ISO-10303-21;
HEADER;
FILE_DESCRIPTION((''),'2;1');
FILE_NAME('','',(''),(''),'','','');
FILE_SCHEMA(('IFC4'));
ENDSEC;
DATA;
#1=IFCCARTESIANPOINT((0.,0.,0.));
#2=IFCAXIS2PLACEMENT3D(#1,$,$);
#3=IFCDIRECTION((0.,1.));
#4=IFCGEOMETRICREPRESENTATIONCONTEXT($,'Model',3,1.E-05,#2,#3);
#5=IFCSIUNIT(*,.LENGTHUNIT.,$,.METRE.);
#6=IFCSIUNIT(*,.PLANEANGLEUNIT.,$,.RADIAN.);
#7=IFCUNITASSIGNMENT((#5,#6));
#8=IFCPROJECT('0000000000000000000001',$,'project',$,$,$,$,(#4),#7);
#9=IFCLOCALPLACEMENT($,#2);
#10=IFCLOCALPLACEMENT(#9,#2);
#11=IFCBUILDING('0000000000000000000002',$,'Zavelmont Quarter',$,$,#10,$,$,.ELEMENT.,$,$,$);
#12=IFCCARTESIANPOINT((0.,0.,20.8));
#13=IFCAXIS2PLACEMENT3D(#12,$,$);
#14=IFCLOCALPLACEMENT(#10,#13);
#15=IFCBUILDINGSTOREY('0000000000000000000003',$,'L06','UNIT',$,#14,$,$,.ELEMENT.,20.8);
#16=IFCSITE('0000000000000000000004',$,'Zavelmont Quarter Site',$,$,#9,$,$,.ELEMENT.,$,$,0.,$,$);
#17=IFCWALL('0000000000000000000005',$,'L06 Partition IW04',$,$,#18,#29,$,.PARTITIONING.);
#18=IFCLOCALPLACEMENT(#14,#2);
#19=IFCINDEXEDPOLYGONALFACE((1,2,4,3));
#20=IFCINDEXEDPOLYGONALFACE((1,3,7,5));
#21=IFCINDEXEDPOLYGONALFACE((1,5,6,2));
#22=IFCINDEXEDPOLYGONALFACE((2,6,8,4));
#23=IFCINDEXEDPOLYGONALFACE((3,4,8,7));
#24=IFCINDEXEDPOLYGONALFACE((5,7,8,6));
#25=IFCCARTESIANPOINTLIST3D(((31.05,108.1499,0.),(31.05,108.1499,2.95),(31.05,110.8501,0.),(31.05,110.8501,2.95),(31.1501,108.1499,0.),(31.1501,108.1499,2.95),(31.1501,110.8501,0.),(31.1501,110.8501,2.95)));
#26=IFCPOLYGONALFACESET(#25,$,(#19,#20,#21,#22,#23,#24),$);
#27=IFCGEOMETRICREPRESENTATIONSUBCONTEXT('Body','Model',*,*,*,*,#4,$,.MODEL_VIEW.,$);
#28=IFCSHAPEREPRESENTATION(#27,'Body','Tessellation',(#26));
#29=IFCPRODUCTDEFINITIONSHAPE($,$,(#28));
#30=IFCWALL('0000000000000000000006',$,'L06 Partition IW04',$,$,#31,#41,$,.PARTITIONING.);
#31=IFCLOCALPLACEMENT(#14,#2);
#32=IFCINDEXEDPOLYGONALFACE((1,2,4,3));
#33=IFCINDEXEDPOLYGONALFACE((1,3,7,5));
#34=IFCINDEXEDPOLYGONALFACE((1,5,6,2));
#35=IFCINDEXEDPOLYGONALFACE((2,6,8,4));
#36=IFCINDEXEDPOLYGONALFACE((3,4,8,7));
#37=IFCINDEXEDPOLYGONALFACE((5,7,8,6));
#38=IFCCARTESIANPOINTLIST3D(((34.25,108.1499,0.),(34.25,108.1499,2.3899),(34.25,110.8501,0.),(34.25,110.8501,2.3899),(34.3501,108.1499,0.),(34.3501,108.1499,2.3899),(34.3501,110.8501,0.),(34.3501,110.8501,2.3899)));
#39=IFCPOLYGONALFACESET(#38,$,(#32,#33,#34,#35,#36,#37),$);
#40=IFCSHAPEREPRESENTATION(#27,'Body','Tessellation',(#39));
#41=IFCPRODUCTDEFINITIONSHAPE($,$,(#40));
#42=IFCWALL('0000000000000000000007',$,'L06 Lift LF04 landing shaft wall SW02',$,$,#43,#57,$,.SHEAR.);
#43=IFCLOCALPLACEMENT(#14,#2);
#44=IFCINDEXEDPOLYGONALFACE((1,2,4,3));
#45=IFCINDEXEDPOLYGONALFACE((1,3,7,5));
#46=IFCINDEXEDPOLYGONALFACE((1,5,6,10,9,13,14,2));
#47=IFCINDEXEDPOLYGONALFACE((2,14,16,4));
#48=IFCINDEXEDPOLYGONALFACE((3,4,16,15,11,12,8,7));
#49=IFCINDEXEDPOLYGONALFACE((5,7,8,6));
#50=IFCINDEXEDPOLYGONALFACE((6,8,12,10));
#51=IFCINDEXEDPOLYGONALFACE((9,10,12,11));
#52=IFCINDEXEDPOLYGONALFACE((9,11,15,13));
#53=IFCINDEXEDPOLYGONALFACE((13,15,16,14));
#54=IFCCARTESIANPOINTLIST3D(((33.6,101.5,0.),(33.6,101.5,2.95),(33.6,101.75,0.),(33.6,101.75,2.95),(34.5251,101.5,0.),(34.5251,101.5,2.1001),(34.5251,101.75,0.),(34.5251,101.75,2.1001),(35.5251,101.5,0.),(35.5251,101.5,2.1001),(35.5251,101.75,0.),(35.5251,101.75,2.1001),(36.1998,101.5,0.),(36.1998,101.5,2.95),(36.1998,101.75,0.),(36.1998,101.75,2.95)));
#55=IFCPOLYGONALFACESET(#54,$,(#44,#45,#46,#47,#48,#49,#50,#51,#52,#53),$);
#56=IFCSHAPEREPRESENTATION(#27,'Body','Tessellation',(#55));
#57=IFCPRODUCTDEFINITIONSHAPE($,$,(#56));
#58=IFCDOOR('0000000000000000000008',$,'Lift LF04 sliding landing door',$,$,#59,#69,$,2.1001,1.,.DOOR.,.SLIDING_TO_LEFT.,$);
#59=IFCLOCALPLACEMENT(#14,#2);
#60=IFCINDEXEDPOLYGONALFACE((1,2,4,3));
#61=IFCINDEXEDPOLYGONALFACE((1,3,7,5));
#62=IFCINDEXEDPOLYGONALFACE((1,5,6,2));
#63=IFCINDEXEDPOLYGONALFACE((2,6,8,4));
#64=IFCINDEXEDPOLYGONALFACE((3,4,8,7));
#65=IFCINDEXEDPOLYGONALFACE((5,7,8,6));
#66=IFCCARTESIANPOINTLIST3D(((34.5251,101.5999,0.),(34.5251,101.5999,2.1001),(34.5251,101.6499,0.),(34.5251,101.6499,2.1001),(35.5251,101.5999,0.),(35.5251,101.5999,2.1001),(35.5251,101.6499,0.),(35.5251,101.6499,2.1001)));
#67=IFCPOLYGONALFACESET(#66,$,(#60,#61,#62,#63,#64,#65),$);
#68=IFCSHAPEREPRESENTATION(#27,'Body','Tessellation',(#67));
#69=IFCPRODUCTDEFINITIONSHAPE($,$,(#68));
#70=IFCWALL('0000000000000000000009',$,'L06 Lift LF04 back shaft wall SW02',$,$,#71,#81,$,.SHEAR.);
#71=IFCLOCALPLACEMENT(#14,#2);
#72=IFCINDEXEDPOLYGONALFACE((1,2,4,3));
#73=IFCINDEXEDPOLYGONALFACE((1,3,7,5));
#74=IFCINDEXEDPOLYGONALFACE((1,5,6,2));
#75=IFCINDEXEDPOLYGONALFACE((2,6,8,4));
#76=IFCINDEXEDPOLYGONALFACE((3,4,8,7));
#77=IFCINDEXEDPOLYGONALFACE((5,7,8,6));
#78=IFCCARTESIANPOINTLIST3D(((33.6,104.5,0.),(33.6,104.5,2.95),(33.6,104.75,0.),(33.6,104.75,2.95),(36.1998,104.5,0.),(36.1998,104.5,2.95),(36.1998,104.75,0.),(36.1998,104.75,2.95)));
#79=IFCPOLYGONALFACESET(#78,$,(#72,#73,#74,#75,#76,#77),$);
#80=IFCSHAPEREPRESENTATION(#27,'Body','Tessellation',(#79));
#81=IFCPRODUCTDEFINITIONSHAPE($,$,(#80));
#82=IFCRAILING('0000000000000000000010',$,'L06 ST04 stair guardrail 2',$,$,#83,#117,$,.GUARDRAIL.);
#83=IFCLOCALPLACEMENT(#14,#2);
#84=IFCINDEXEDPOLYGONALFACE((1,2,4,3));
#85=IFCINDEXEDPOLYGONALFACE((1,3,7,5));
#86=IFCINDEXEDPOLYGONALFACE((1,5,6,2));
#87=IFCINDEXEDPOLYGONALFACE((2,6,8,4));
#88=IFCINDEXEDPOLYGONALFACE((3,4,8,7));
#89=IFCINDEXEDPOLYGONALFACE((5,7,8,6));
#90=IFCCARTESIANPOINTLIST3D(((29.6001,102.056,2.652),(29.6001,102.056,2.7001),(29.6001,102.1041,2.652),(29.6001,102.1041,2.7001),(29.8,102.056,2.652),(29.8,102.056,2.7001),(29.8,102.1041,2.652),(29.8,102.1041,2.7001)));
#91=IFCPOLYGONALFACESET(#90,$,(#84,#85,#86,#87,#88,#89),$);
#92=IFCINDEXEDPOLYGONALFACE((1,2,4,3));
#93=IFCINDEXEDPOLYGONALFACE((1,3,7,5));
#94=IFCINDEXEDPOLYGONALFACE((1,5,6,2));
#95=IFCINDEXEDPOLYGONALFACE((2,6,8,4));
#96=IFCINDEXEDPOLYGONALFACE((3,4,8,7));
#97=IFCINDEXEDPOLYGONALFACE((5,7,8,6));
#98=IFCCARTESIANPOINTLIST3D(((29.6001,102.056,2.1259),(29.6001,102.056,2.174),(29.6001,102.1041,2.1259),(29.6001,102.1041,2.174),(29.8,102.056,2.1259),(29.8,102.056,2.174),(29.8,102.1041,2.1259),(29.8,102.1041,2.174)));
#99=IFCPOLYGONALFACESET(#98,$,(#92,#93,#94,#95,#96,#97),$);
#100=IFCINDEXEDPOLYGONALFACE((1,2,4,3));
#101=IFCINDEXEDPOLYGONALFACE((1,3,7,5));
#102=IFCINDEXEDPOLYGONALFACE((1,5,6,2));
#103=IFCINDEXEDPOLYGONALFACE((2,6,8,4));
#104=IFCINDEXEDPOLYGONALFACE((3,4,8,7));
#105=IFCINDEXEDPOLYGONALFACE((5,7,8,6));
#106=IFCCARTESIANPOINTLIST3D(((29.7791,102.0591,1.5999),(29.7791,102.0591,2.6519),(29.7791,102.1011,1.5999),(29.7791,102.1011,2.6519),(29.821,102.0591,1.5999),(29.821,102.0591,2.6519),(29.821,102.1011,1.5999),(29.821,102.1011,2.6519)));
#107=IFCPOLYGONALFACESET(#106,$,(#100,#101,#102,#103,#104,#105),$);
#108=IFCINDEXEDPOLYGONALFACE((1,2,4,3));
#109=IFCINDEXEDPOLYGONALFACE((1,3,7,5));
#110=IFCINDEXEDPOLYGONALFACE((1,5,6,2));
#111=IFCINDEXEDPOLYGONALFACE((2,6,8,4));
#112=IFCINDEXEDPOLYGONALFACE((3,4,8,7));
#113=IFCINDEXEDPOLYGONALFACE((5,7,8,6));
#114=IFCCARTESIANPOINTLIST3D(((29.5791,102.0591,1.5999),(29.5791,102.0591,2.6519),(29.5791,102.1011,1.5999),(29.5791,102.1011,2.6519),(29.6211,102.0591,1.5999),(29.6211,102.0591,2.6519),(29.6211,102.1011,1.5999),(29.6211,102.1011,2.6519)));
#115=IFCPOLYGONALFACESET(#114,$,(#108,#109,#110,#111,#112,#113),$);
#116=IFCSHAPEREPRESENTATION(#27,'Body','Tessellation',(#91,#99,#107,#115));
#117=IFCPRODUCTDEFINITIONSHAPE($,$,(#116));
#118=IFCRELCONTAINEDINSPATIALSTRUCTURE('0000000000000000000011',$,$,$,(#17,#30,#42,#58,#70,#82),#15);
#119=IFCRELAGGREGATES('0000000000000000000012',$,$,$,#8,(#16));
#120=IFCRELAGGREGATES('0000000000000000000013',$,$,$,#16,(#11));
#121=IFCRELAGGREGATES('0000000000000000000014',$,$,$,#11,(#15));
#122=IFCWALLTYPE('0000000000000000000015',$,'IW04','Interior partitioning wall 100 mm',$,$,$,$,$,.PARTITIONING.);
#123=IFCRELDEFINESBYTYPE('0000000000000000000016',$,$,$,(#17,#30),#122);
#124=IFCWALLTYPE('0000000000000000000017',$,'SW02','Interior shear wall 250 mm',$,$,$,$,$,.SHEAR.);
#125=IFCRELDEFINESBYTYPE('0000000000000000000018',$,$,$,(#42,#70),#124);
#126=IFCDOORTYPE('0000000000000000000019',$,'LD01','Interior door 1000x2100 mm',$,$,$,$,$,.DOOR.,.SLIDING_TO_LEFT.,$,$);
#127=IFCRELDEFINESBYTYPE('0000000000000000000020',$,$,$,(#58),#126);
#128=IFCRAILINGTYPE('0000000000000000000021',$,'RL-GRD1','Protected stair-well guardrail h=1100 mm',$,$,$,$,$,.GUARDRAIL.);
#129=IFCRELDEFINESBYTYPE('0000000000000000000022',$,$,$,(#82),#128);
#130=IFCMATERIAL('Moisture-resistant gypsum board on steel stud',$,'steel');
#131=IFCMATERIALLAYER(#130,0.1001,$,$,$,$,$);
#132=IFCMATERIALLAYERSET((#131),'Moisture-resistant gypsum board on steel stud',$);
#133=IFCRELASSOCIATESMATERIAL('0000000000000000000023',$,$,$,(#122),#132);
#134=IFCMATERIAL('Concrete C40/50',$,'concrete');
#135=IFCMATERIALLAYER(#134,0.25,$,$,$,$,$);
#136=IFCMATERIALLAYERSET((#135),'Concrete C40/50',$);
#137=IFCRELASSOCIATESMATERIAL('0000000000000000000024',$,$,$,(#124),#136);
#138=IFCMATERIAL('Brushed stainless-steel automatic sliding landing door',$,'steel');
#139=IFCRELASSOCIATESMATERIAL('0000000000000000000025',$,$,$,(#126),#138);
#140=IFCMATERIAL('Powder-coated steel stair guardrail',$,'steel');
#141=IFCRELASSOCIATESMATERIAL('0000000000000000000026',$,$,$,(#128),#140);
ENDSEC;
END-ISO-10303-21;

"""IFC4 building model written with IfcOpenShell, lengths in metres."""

from ifc_helpers import new_model, si_unit, direction, frame, frame_2d, origin, origin_with_axes, origin_2d, place, context, subcontext, project, spatial, rectangle, extrude, material, layer, layer_set, type_object, element, fill, save


model = new_model("IFC4")

# Units and contexts
model_context = context("Model", 3, precision=1e-05, world=origin(), true_north=direction((0.0, 1.0)))
body_context = subcontext(model_context, "Body", "Model", "MODEL_VIEW")
ifc_project = project(units=[si_unit("LENGTHUNIT", "METRE"), si_unit("PLANEANGLEUNIT", "RADIAN")], contexts=[model_context])

# Site, building, storey
site_placement = place(None, origin())
site = spatial("IfcSite", under=ifc_project, at=site_placement, Name="Zavelmont Quarter Site", CompositionType="ELEMENT", RefElevation=0.0)
building_placement = place(site_placement, origin())
building = spatial("IfcBuilding", under=site, at=building_placement, Name="Zavelmont Quarter", CompositionType="ELEMENT")
storey_placement = place(building_placement, frame((0.0, 0.0, 20.8)))
storey = spatial("IfcBuildingStorey", under=building, at=storey_placement, Name="L06", Description="UNIT", CompositionType="ELEMENT", Elevation=20.8)

# Shared definitions
ifc_material_1 = material(Name="Concrete C40/50", Category="concrete")

# Walls
ifc_material_2 = material(Name="Moisture-resistant gypsum board on steel stud", Category="steel")
ifc_layer_1 = layer(ifc_material_2, 0.1001)
ifc_layer_set_1 = layer_set([ifc_layer_1], Name="Moisture-resistant gypsum board on steel stud")
wall_type_1 = type_object("IfcWallType", Name="IW04", Description="Interior partitioning wall 100 mm", PredefinedType="PARTITIONING", material=ifc_layer_set_1)
wall_1_placement = place(storey_placement, frame((31.1001, 108.1499, 0.0), z_axis=(0.0, 0.0, 1.0), x_axis=(0.0, 1.0, 0.0)))
element("IfcWall", 1, at=wall_1_placement, inside=storey, type_object=wall_type_1, Name="L06 Partition IW04", PredefinedType="PARTITIONING", context=body_context, shape_type="SweptSolid", body=[
    extrude(rectangle(XDim=2.7002, YDim=0.1001, at=frame_2d((1.3501, 0.0))), origin(), (0.0, 0.0, 1.0), 2.95),
])
wall_2_placement = place(storey_placement, frame((34.3, 108.1499, 0.0), z_axis=(0.0, 0.0, 1.0), x_axis=(0.0, 1.0, 0.0)))
element("IfcWall", 2, at=wall_2_placement, inside=storey, type_object=wall_type_1, Name="L06 Partition IW04", PredefinedType="PARTITIONING", context=body_context, shape_type="SweptSolid", body=[
    extrude(rectangle(XDim=2.7002, YDim=0.1001, at=frame_2d((1.3501, 0.0))), origin(), (0.0, 0.0, 1.0), 2.3899),
])

# Wall, opening, door
ifc_layer_2 = layer(ifc_material_1, 0.25)
ifc_layer_set_2 = layer_set([ifc_layer_2], Name="Concrete C40/50")
wall_type_2 = type_object("IfcWallType", Name="SW02", Description="Interior shear wall 250 mm", PredefinedType="SHEAR", material=ifc_layer_set_2)
wall_3_placement = place(storey_placement, frame((33.6001, 101.625, 0.0), z_axis=(0.0, 0.0, 1.0), x_axis=(1.0, 0.0, 0.0)))
wall_3 = element("IfcWall", 3, at=wall_3_placement, inside=storey, type_object=wall_type_2, Name="L06 Lift LF04 landing shaft wall SW02", PredefinedType="SHEAR", context=body_context, shape_type="SweptSolid", body=[
    extrude(rectangle(XDim=2.5999, YDim=0.25, at=frame_2d((1.2998, 0.0))), origin(), (0.0, 0.0, 1.0), 2.95),
])
opening_1_placement = place(wall_3_placement, frame((0.925, 0.0, 0.0)))
opening_1 = element("IfcOpeningElement", 4, at=opening_1_placement, cuts=wall_3, PredefinedType="OPENING", context=body_context, shape_type="SweptSolid", body=[
    extrude(rectangle(XDim=1.0, YDim=2.1001, at=frame_2d((0.5, 1.05))), frame((0.0, 0.137, 0.0), z_axis=(0.0, -1.0, 0.0), x_axis=(1.0, 0.0, 0.0)), (0.0, 0.0, 1.0), 0.2739),
])
ifc_material_3 = material(Name="Brushed stainless-steel automatic sliding landing door", Category="steel")
door_type_1 = type_object("IfcDoorType", Name="LD01", Description="Interior door 1000x2100 mm", OperationType="SLIDING_TO_LEFT", PredefinedType="DOOR", material=ifc_material_3)
door_1_placement = place(opening_1_placement, origin_with_axes())
door_1 = element("IfcDoor", 5, at=door_1_placement, inside=storey, type_object=door_type_1, Name="Lift LF04 sliding landing door", OperationType="SLIDING_TO_LEFT", OverallHeight=2.1001, OverallWidth=1.0, PredefinedType="DOOR", context=body_context, shape_type="SweptSolid", body=[
    extrude(rectangle(XDim=1.0, YDim=2.1001, at=frame_2d((0.5, 1.05))), frame((0.0, 0.0249, 0.0), z_axis=(0.0, -1.0, 0.0), x_axis=(1.0, 0.0, 0.0)), (0.0, 0.0, 1.0), 0.05),
])
fill(opening_1, door_1)

# Wall
wall_4_placement = place(storey_placement, frame((33.6001, 104.625, 0.0), z_axis=(0.0, 0.0, 1.0), x_axis=(1.0, 0.0, 0.0)))
element("IfcWall", 6, at=wall_4_placement, inside=storey, type_object=wall_type_2, Name="L06 Lift LF04 back shaft wall SW02", PredefinedType="SHEAR", context=body_context, shape_type="SweptSolid", body=[
    extrude(rectangle(XDim=2.5999, YDim=0.25, at=frame_2d((1.2998, 0.0))), origin(), (0.0, 0.0, 1.0), 2.95),
])

# Railing
ifc_material_4 = material(Name="Powder-coated steel stair guardrail", Category="steel")
railing_type = type_object("IfcRailingType", Name="RL-GRD1", Description="Protected stair-well guardrail h=1100 mm", PredefinedType="GUARDRAIL", material=ifc_material_4)
railing_placement = place(storey_placement, frame((29.8, 102.0801, 1.5999)))
element("IfcRailing", 7, at=railing_placement, inside=storey, type_object=railing_type, Name="L06 ST04 stair guardrail 2", PredefinedType="GUARDRAIL", context=body_context, shape_type="SweptSolid", body=[
    extrude(rectangle(XDim=0.0481, YDim=0.0481, at=origin_2d()), frame((0.0, 0.0, 1.0762), z_axis=(-1.0, 0.0, 0.0), x_axis=(0.0, -1.0, 0.0)), (0.0, 0.0, 1.0), 0.2),
    extrude(rectangle(XDim=0.0481, YDim=0.0481, at=origin_2d()), frame((0.0, 0.0, 0.55), z_axis=(-1.0, 0.0, 0.0), x_axis=(0.0, -1.0, 0.0)), (0.0, 0.0, 1.0), 0.2),
    extrude(rectangle(XDim=0.042, YDim=0.042, at=origin_2d()), origin(), (0.0, 0.0, 1.0), 1.052),
    extrude(rectangle(XDim=0.042, YDim=0.042, at=origin_2d()), frame((-0.2, 0.0, 0.0)), (0.0, 0.0, 1.0), 1.052),
])

save(model, "model.ifc")
